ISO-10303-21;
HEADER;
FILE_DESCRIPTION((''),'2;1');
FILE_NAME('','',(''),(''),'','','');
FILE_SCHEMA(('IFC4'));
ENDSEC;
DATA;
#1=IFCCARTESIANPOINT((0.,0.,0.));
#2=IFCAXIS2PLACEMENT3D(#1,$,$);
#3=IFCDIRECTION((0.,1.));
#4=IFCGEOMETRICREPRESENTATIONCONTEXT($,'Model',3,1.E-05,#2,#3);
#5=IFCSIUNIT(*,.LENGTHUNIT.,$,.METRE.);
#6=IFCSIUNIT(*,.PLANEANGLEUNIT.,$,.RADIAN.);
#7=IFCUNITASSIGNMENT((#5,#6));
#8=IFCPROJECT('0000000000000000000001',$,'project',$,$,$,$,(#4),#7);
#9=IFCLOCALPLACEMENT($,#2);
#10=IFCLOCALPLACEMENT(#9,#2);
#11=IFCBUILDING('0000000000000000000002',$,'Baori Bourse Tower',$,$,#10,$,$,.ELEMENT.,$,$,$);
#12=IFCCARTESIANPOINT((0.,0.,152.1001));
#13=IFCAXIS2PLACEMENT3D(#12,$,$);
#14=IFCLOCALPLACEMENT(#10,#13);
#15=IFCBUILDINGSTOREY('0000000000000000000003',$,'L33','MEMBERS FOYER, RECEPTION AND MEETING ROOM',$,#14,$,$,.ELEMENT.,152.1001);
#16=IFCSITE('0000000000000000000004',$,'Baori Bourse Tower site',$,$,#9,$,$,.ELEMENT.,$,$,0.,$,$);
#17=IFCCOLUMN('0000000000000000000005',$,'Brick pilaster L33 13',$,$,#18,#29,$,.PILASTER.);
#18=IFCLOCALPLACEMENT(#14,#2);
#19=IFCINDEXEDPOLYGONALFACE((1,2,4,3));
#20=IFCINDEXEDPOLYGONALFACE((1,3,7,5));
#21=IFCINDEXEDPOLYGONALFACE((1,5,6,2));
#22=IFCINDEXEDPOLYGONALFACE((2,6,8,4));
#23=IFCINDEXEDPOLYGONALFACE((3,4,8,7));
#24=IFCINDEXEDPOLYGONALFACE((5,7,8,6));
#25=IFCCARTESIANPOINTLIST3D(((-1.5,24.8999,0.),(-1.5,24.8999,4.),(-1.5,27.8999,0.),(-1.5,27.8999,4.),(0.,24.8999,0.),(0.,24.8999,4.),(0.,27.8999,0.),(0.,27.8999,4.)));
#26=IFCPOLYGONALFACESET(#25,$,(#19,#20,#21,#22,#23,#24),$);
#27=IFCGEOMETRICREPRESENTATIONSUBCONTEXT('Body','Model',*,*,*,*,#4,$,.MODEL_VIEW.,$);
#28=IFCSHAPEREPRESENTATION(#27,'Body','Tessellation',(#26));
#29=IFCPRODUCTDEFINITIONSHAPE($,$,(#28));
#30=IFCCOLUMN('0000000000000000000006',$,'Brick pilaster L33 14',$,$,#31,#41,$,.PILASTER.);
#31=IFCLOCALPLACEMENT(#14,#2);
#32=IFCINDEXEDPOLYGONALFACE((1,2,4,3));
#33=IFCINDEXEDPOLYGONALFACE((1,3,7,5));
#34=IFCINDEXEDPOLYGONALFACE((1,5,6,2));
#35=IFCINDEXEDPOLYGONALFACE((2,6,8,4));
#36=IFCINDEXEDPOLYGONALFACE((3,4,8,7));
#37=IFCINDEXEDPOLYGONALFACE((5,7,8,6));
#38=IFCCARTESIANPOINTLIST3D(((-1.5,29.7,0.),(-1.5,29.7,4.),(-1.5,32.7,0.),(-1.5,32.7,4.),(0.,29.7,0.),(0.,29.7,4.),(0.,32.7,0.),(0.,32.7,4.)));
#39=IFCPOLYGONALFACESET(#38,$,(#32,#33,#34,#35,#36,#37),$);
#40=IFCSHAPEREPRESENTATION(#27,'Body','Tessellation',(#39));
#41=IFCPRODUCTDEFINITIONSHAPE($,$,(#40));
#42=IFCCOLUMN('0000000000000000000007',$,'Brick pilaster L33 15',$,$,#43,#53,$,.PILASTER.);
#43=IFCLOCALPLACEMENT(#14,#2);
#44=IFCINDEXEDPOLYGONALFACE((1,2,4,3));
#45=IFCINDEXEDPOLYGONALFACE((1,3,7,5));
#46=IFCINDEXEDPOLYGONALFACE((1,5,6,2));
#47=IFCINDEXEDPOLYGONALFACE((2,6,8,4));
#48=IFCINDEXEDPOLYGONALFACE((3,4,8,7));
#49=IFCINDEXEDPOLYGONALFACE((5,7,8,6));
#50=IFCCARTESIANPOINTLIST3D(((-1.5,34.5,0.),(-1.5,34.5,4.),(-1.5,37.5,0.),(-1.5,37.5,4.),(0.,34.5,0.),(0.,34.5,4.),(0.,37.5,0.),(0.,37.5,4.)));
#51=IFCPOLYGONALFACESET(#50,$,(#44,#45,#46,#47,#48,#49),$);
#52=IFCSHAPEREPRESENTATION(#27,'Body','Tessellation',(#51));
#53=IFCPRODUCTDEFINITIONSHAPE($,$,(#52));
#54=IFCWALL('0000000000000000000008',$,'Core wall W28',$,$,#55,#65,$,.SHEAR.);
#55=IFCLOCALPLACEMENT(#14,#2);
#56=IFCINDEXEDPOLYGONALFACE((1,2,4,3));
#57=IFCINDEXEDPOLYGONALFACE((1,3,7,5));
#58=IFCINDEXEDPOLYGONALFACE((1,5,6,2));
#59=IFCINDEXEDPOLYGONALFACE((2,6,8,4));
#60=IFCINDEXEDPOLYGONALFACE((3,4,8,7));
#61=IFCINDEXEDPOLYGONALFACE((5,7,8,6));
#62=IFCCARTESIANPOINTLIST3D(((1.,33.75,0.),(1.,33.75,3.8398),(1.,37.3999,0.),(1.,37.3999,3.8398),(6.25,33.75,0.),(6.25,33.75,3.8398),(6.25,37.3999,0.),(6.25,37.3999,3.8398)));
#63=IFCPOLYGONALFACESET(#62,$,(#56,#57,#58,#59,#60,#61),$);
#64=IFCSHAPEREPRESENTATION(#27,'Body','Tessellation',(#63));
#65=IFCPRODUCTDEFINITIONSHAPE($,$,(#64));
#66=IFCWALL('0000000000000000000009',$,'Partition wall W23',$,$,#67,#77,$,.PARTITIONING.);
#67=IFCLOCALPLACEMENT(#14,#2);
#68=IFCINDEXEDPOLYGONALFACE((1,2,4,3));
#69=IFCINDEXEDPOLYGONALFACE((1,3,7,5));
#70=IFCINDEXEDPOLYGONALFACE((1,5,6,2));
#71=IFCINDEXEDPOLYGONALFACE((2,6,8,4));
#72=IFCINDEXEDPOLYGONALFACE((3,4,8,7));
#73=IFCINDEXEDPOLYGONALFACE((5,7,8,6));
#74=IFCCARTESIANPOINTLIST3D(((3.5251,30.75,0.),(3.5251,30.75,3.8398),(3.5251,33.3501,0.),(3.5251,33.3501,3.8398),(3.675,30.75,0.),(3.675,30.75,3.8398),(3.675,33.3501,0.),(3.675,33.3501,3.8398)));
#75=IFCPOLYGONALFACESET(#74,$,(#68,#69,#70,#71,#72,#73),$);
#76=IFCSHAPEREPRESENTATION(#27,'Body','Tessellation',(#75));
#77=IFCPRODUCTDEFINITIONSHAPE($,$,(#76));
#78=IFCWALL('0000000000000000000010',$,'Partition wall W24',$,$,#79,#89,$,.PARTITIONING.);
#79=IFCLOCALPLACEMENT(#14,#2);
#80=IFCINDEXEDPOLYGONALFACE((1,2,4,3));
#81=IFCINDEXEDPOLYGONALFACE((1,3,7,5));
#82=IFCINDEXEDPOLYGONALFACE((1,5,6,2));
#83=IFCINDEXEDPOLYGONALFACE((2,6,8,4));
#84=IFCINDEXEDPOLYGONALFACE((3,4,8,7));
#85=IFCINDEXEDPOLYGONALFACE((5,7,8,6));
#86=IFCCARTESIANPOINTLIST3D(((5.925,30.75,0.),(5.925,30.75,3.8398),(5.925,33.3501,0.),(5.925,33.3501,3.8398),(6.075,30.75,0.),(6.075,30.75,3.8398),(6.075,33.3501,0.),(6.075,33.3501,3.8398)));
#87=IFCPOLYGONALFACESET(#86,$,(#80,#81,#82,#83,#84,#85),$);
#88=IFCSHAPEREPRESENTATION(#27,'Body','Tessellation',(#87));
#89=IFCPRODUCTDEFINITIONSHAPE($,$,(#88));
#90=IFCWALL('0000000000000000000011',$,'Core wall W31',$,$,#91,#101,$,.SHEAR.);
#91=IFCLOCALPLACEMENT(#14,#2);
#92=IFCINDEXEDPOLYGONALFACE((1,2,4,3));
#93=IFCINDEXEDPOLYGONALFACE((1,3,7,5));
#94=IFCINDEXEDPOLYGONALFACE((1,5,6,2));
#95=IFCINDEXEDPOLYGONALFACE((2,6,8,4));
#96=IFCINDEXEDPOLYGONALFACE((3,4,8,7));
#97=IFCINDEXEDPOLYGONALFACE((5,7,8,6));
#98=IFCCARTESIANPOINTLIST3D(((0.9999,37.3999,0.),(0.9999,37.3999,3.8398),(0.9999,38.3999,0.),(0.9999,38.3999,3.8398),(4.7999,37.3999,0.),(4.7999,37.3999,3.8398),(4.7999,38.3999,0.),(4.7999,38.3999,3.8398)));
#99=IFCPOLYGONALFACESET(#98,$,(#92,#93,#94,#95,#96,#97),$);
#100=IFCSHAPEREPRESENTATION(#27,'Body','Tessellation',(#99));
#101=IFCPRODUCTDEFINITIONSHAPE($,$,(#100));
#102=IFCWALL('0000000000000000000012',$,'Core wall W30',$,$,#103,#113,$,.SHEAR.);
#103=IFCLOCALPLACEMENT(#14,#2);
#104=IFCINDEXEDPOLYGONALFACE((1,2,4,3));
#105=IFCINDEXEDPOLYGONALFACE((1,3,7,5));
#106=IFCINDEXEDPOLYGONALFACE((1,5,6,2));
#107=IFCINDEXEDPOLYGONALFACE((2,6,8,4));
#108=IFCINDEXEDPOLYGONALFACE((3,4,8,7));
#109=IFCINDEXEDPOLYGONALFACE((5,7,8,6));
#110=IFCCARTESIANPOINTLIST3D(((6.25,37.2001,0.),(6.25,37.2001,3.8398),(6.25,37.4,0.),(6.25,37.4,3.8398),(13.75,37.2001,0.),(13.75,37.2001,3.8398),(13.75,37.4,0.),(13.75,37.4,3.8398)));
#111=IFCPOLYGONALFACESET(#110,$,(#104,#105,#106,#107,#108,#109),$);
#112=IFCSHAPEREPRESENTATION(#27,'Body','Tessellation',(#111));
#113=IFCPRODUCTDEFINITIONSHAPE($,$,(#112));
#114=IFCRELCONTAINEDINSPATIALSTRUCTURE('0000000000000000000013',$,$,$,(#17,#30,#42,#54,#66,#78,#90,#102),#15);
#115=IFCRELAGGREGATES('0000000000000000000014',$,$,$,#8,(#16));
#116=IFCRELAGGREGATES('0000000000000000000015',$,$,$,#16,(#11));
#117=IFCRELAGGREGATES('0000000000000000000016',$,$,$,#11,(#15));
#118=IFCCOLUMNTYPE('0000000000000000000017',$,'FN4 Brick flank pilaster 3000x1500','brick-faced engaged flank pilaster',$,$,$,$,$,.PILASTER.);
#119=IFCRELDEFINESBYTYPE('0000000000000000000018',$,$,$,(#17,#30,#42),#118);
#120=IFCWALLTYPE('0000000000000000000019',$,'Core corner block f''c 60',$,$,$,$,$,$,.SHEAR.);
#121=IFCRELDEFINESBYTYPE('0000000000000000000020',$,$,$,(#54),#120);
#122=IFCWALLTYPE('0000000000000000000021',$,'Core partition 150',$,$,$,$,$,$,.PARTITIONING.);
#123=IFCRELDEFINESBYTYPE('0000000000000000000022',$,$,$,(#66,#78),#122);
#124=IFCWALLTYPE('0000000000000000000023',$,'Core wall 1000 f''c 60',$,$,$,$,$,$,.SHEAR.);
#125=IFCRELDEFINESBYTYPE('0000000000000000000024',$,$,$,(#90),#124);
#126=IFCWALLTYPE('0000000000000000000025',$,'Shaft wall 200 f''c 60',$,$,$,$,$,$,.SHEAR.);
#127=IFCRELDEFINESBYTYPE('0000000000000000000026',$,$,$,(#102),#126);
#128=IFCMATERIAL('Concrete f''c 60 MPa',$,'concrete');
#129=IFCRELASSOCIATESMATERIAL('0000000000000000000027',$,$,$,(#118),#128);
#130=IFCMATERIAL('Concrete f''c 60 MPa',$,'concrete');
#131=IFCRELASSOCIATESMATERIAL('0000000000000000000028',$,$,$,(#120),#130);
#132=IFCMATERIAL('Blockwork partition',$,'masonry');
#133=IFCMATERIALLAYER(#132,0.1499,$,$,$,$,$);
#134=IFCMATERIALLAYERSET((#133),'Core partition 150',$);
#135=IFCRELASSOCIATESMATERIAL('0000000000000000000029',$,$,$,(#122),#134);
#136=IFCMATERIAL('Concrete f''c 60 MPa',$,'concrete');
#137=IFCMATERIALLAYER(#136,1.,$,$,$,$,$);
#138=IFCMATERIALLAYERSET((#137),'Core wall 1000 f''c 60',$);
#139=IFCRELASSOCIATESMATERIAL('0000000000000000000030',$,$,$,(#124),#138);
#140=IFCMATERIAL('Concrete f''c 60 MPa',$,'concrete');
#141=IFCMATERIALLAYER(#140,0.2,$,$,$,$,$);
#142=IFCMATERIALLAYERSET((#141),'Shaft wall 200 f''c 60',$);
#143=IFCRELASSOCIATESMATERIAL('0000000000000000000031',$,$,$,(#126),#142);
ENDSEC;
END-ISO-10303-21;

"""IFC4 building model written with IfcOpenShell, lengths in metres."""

from ifc_helpers import new_model, si_unit, direction, frame, frame_2d, origin, origin_2d, place, context, subcontext, project, spatial, rectangle, extrude, material, layer, layer_set, material_profile, profile_set, type_object, element, save


model = new_model("IFC4")

# Units and contexts
model_context = context("Model", 3, precision=1e-05, world=origin(), true_north=direction((0.0, 1.0)))
body_context = subcontext(model_context, "Body", "Model", "MODEL_VIEW")
ifc_project = project(units=[si_unit("LENGTHUNIT", "METRE"), si_unit("PLANEANGLEUNIT", "RADIAN")], contexts=[model_context])

# Site, building, storey
site_placement = place(None, origin())
site = spatial("IfcSite", under=ifc_project, at=site_placement, Name="Baori Bourse Tower site", CompositionType="ELEMENT", RefElevation=0.0)
building_placement = place(site_placement, origin())
building = spatial("IfcBuilding", under=site, at=building_placement, Name="Baori Bourse Tower", CompositionType="ELEMENT")
storey_placement = place(building_placement, frame((0.0, 0.0, 152.1001)))
storey = spatial("IfcBuildingStorey", under=building, at=storey_placement, Name="L33", Description="MEMBERS FOYER, RECEPTION AND MEETING ROOM", CompositionType="ELEMENT", Elevation=152.1001)

# Columns
ifc_material_1 = material(Name="Concrete f'c 60 MPa", Category="concrete")
ifc_material_profile = material_profile(ifc_material_1, rectangle(XDim=3.0, YDim=1.5, at=origin_2d()), Name="RC 3000x1500")
ifc_profile_set = profile_set([ifc_material_profile], Name="Concrete f'c 60 MPa")
column_type = type_object("IfcColumnType", Name="FN4 Brick flank pilaster 3000x1500", Description="brick-faced engaged flank pilaster", PredefinedType="PILASTER", material=ifc_profile_set)
for number, where, z_axis, x_axis, name in (
    (1, (-0.75, 26.3999, 0.0), (0.0, 0.0, 1.0), (0.0, 1.0, 0.0), "Brick pilaster L33 13"),
    (2, (-0.75, 31.2, 0.0), (0.0, 0.0, 1.0), (0.0, 1.0, 0.0), "Brick pilaster L33 14"),
    (3, (-0.75, 36.0, 0.0), (0.0, 0.0, 1.0), (0.0, 1.0, 0.0), "Brick pilaster L33 15"),
):
    element("IfcColumn", number, at=place(storey_placement, frame(where, z_axis=z_axis, x_axis=x_axis)), inside=storey, type_object=column_type, Name=name, PredefinedType="PILASTER", context=body_context, shape_type="SweptSolid", body=[
        extrude(rectangle(XDim=3.0, YDim=1.5, at=origin_2d()), origin(), (0.0, 0.0, 1.0), 4.0),
    ])

# Walls
ifc_material_2 = material(Name="Concrete f'c 60 MPa", Category="concrete")
wall_type_1 = type_object("IfcWallType", Name="Core corner block f'c 60", PredefinedType="SHEAR", material=ifc_material_2)
wall_1_placement = place(storey_placement, frame((1.0, 35.575, 0.0), z_axis=(0.0, 0.0, 1.0), x_axis=(1.0, 0.0, 0.0)))
element("IfcWall", 4, at=wall_1_placement, inside=storey, type_object=wall_type_1, Name="Core wall W28", PredefinedType="SHEAR", context=body_context, shape_type="SweptSolid", body=[
    extrude(rectangle(XDim=5.25, YDim=3.6499, at=frame_2d((2.625, 0.0))), origin(), (0.0, 0.0, 1.0), 3.8398),
])
ifc_material_3 = material(Name="Blockwork partition", Category="masonry")
ifc_layer_1 = layer(ifc_material_3, 0.1499)
ifc_layer_set_1 = layer_set([ifc_layer_1], Name="Core partition 150")
wall_type_2 = type_object("IfcWallType", Name="Core partition 150", PredefinedType="PARTITIONING", material=ifc_layer_set_1)
for number, where, z_axis, x_axis, name in (
    (5, (3.6001, 30.75, 0.0), (0.0, 0.0, 1.0), (0.0, 1.0, 0.0), "Partition wall W23"),
    (6, (6.0, 30.75, 0.0), (0.0, 0.0, 1.0), (0.0, 1.0, 0.0), "Partition wall W24"),
):
    element("IfcWall", number, at=place(storey_placement, frame(where, z_axis=z_axis, x_axis=x_axis)), inside=storey, type_object=wall_type_2, Name=name, PredefinedType="PARTITIONING", context=body_context, shape_type="SweptSolid", body=[
        extrude(rectangle(XDim=2.6001, YDim=0.1499, at=frame_2d((1.3, 0.0))), origin(), (0.0, 0.0, 1.0), 3.8398),
    ])
ifc_material_4 = material(Name="Concrete f'c 60 MPa", Category="concrete")
ifc_layer_2 = layer(ifc_material_4, 1.0)
ifc_layer_set_2 = layer_set([ifc_layer_2], Name="Core wall 1000 f'c 60")
wall_type_3 = type_object("IfcWallType", Name="Core wall 1000 f'c 60", PredefinedType="SHEAR", material=ifc_layer_set_2)
wall_2_placement = place(storey_placement, frame((1.0, 37.8999, 0.0), z_axis=(0.0, 0.0, 1.0), x_axis=(1.0, 0.0, 0.0)))
element("IfcWall", 7, at=wall_2_placement, inside=storey, type_object=wall_type_3, Name="Core wall W31", PredefinedType="SHEAR", context=body_context, shape_type="SweptSolid", body=[
    extrude(rectangle(XDim=3.8, YDim=1.0, at=frame_2d((1.8999, 0.0))), origin(), (0.0, 0.0, 1.0), 3.8398),
])
ifc_material_5 = material(Name="Concrete f'c 60 MPa", Category="concrete")
ifc_layer_3 = layer(ifc_material_5, 0.2)
ifc_layer_set_3 = layer_set([ifc_layer_3], Name="Shaft wall 200 f'c 60")
wall_type_4 = type_object("IfcWallType", Name="Shaft wall 200 f'c 60", PredefinedType="SHEAR", material=ifc_layer_set_3)
wall_3_placement = place(storey_placement, frame((6.25, 37.3, 0.0), z_axis=(0.0, 0.0, 1.0), x_axis=(1.0, 0.0, 0.0)))
element("IfcWall", 8, at=wall_3_placement, inside=storey, type_object=wall_type_4, Name="Core wall W30", PredefinedType="SHEAR", context=body_context, shape_type="SweptSolid", body=[
    extrude(rectangle(XDim=7.5, YDim=0.2, at=frame_2d((3.75, 0.0))), origin(), (0.0, 0.0, 1.0), 3.8398),
])

save(model, "model.ifc")
